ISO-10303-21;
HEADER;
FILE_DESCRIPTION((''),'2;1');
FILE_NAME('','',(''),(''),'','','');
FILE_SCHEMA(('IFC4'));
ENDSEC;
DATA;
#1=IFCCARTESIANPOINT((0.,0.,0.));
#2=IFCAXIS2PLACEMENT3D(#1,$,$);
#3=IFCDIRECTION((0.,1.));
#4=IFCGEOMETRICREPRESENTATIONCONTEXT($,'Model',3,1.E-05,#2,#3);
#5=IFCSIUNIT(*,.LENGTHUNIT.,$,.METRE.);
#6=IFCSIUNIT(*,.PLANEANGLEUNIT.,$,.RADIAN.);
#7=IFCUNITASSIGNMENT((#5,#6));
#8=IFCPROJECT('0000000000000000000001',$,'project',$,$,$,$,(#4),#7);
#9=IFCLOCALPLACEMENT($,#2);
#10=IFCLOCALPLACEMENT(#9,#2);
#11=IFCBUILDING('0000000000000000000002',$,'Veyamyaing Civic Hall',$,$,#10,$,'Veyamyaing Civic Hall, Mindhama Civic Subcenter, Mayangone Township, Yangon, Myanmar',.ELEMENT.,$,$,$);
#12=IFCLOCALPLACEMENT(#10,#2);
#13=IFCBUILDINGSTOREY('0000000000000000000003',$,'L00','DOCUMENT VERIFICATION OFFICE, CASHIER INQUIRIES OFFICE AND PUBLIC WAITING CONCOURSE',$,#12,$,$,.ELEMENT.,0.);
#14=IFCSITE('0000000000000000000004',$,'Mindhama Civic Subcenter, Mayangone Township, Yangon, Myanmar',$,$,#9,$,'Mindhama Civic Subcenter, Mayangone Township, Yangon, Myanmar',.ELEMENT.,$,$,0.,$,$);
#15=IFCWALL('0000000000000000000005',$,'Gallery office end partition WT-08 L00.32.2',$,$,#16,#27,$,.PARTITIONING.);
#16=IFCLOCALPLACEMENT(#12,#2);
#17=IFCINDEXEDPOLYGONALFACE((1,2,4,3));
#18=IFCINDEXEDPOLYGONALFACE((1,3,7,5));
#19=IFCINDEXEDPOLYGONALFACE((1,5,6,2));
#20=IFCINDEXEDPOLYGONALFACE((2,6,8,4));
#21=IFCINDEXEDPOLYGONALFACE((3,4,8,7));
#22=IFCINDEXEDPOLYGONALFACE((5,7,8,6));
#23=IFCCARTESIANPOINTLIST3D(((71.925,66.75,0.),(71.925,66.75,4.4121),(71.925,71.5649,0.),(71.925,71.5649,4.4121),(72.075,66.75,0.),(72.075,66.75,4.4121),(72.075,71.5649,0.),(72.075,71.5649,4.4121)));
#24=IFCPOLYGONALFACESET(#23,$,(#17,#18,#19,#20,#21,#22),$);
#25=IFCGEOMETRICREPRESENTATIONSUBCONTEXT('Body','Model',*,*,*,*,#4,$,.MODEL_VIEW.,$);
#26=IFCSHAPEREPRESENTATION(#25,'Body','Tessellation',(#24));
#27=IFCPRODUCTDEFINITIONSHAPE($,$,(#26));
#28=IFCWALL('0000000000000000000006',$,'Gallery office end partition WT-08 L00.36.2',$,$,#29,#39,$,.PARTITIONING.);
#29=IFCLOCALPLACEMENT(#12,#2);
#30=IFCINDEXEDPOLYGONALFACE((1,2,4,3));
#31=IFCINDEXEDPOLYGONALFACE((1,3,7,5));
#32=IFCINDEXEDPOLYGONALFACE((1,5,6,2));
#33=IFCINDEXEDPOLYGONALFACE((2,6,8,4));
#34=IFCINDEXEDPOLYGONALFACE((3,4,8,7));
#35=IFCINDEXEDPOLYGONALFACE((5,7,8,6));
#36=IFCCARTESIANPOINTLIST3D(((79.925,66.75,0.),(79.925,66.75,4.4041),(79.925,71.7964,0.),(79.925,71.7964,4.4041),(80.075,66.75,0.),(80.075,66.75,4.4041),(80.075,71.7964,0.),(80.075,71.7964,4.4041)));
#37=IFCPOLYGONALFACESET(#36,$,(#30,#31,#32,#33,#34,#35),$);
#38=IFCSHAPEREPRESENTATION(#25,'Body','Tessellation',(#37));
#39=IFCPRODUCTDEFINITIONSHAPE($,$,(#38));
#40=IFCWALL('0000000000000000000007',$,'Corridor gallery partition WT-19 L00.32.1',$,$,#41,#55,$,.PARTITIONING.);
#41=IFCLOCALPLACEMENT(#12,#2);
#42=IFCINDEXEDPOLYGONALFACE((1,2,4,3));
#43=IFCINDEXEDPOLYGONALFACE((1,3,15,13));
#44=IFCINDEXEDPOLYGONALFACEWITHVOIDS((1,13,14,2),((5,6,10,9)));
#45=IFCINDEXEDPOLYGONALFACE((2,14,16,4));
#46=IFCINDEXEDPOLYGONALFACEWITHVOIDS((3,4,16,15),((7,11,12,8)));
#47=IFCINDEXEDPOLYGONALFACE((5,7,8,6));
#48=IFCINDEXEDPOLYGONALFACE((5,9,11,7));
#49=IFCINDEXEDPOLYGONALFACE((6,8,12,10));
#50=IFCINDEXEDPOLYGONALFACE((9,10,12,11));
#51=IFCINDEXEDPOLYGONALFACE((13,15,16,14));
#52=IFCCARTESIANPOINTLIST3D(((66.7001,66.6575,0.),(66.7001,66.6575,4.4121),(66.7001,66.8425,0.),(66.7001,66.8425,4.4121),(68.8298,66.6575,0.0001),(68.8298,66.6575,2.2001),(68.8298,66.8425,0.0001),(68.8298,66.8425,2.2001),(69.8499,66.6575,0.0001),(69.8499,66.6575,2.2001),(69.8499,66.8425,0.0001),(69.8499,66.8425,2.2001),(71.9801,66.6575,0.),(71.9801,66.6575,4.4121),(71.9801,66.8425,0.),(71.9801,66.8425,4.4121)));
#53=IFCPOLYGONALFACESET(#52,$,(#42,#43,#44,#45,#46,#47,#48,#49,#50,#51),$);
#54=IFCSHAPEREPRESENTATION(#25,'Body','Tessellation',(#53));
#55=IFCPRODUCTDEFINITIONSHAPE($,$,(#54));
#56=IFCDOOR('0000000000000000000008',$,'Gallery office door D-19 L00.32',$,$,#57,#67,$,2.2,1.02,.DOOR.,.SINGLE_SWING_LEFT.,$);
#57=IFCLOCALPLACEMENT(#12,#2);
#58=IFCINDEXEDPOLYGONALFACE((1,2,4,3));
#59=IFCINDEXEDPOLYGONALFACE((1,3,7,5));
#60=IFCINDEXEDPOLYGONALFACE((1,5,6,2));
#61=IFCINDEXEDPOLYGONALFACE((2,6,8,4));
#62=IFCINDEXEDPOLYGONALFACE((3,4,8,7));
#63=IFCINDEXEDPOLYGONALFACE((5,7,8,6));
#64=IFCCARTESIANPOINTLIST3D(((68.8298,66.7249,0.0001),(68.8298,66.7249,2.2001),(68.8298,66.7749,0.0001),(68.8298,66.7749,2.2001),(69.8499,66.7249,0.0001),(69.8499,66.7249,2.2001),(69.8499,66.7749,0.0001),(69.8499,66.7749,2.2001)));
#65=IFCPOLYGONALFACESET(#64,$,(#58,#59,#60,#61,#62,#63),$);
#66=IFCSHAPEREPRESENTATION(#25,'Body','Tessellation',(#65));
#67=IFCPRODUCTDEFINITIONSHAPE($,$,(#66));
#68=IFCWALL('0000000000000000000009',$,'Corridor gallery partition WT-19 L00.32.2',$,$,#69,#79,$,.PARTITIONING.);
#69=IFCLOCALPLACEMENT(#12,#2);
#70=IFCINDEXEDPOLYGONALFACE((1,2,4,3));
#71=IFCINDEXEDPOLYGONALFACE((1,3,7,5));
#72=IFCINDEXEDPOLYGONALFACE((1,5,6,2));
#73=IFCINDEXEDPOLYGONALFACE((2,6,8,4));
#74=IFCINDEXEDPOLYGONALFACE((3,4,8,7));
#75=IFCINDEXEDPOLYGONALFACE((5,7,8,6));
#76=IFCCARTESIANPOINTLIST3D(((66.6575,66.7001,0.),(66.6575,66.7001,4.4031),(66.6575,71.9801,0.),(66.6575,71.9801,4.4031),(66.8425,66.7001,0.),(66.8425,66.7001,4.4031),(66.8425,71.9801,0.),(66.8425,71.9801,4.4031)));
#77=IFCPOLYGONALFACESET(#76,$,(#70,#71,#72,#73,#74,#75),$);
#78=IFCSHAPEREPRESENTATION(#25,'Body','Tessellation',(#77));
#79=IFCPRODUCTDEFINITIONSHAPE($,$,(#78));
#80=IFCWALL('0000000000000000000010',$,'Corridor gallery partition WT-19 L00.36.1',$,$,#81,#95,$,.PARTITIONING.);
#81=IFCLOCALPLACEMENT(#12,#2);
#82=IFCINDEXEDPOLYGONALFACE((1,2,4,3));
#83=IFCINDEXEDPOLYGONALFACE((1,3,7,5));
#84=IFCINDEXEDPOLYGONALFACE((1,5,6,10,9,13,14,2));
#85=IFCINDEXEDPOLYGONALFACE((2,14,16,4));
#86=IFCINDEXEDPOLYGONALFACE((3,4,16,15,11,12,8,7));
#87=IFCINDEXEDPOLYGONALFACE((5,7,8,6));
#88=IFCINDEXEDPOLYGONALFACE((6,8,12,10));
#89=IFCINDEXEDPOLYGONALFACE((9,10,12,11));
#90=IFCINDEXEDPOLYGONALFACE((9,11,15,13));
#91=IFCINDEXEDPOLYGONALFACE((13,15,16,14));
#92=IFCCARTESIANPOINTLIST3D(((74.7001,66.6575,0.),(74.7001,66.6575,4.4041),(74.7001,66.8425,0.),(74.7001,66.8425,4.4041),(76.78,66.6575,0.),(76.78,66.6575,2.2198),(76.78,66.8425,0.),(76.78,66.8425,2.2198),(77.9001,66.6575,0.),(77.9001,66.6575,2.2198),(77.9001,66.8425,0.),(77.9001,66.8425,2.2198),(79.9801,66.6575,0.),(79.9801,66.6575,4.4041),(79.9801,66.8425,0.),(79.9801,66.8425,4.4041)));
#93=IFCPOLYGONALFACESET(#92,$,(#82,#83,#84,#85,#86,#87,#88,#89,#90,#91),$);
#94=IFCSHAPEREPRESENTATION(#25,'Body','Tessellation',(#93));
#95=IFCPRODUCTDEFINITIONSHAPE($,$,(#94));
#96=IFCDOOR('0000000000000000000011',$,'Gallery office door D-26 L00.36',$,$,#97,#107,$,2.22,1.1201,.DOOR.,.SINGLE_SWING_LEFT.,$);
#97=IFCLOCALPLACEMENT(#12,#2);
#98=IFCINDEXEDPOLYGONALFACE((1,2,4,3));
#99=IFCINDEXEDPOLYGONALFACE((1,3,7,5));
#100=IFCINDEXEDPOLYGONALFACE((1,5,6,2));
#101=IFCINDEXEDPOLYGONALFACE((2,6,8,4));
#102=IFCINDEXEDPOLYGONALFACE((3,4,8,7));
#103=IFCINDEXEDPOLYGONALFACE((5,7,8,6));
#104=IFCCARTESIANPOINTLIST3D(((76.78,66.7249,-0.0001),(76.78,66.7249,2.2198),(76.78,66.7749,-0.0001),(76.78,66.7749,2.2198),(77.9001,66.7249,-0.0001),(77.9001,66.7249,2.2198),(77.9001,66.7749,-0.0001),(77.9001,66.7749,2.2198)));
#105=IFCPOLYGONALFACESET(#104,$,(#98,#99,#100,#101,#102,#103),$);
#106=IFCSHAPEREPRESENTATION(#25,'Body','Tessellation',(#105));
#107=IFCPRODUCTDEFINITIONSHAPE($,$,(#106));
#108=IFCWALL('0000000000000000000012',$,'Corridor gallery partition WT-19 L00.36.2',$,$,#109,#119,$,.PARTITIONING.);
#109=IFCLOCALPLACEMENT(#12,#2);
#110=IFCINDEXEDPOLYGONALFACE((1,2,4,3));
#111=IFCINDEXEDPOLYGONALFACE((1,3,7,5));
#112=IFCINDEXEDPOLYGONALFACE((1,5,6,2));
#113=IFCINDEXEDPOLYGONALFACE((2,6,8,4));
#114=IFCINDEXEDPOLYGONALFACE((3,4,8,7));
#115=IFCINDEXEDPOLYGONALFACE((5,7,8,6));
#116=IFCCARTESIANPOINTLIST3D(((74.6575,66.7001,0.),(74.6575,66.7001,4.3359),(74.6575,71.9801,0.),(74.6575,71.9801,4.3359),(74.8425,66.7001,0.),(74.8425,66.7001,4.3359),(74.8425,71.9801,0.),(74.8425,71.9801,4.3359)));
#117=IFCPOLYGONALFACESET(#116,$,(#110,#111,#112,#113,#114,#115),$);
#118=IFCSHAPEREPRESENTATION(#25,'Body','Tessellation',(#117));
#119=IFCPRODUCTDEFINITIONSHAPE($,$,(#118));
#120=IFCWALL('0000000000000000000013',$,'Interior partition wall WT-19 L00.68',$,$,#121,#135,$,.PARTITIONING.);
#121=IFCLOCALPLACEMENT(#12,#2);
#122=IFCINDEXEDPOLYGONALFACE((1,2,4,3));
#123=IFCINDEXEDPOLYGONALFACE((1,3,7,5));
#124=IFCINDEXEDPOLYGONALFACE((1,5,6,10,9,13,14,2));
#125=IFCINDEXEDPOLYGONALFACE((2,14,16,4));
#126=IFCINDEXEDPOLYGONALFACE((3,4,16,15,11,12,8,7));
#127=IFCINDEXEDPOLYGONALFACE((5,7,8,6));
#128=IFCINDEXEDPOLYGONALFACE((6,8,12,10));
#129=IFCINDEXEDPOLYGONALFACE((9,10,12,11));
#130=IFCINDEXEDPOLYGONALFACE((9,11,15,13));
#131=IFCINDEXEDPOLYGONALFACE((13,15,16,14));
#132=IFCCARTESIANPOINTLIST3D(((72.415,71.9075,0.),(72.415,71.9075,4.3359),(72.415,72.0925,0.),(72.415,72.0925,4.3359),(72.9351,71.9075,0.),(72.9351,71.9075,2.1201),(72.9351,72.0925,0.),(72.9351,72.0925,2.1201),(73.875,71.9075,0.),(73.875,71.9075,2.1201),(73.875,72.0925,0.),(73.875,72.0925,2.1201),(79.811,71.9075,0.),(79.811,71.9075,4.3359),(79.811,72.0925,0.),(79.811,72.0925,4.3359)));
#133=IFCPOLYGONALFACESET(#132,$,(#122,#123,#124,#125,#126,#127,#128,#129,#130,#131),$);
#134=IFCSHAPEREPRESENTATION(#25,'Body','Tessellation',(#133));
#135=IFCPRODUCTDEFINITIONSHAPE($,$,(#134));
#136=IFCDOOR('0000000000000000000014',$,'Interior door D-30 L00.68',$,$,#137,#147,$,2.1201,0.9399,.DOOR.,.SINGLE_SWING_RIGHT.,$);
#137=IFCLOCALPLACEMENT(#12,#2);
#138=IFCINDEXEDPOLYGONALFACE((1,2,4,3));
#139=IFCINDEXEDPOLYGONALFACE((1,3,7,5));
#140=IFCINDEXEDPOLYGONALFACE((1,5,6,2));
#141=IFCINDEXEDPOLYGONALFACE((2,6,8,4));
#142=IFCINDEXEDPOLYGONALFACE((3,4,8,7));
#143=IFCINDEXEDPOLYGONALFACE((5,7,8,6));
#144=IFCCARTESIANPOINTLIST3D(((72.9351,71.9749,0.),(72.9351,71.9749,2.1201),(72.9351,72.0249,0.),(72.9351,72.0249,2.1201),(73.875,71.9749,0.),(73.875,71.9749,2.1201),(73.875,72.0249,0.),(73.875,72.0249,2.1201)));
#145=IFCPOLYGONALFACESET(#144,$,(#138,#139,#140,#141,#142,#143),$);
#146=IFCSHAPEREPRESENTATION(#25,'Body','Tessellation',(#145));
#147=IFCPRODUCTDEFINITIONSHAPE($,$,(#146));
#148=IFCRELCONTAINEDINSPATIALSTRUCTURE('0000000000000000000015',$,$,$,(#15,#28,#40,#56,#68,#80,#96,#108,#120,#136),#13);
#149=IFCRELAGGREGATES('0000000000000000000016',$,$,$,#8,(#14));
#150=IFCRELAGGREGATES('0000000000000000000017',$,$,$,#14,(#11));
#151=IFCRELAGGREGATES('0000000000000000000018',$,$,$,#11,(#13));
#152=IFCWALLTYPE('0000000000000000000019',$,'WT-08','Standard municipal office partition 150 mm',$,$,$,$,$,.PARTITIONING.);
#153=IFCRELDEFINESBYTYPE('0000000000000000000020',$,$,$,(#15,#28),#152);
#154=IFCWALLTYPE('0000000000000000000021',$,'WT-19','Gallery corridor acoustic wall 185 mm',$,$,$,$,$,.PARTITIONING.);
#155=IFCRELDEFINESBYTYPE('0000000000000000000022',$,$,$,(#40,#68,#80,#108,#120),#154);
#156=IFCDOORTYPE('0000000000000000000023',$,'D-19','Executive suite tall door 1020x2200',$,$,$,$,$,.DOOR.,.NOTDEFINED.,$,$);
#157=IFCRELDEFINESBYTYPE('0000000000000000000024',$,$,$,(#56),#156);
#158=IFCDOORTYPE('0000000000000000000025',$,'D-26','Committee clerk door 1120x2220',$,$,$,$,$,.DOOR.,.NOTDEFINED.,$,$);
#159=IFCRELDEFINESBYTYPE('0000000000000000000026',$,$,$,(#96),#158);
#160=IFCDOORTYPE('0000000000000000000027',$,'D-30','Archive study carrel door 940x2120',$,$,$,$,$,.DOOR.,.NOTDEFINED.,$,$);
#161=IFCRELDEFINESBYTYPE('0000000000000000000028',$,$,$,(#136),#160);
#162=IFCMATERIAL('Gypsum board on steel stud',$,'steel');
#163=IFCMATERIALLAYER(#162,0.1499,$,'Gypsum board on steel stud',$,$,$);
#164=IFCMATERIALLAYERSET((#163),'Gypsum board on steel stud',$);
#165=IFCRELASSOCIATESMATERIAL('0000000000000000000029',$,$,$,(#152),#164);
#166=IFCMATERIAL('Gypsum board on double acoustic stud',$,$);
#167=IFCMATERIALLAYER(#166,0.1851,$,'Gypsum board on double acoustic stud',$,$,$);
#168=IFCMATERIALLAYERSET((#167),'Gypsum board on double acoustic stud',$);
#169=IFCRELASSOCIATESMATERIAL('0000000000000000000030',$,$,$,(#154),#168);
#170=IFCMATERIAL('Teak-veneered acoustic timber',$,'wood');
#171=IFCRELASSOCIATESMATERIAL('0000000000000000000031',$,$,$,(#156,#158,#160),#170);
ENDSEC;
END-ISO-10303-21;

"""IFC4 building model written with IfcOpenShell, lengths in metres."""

from ifc_helpers import new_model, si_unit, direction, frame, frame_2d, origin, place, context, subcontext, project, spatial, rectangle, extrude, material, layer, layer_set, type_object, element, fill, save


model = new_model("IFC4")

# Units and contexts
model_context = context("Model", 3, precision=1e-05, world=origin(), true_north=direction((0.0, 1.0)))
body_context = subcontext(model_context, "Body", "Model", "MODEL_VIEW")
ifc_project = project(units=[si_unit("LENGTHUNIT", "METRE"), si_unit("PLANEANGLEUNIT", "RADIAN")], contexts=[model_context])

# Site, building, storey
site_placement = place(None, origin())
site = spatial("IfcSite", under=ifc_project, at=site_placement, Name="Mindhama Civic Subcenter, Mayangone Township, Yangon, Myanmar", LongName="Mindhama Civic Subcenter, Mayangone Township, Yangon, Myanmar", CompositionType="ELEMENT", RefElevation=0.0)
building_placement = place(site_placement, origin())
building = spatial("IfcBuilding", under=site, at=building_placement, Name="Veyamyaing Civic Hall", LongName="Veyamyaing Civic Hall, Mindhama Civic Subcenter, Mayangone Township, Yangon, Myanmar", CompositionType="ELEMENT")
storey_placement = place(building_placement, origin())
storey = spatial("IfcBuildingStorey", under=building, at=storey_placement, Name="L00", Description="DOCUMENT VERIFICATION OFFICE, CASHIER INQUIRIES OFFICE AND PUBLIC WAITING CONCOURSE", CompositionType="ELEMENT", Elevation=0.0)

# Walls
ifc_material_1 = material(Name="Gypsum board on steel stud", Category="steel")
ifc_layer_1 = layer(ifc_material_1, 0.1499, Name="Gypsum board on steel stud")
ifc_layer_set_1 = layer_set([ifc_layer_1], Name="Gypsum board on steel stud")
wall_type_1 = type_object("IfcWallType", Name="WT-08", Description="Standard municipal office partition 150 mm", PredefinedType="PARTITIONING", material=ifc_layer_set_1)
wall_1_placement = place(storey_placement, frame((72.0, 66.75, 0.0), z_axis=(0.0, 0.0, 1.0), x_axis=(0.0, 1.0, 0.0)))
element("IfcWall", 1, at=wall_1_placement, inside=storey, type_object=wall_type_1, Name="Gallery office end partition WT-08 L00.32.2", PredefinedType="PARTITIONING", context=body_context, shape_type="SweptSolid", body=[
    extrude(rectangle(XDim=4.8149, YDim=0.1499, at=frame_2d((2.4075, 0.0))), origin(), (0.0, 0.0, 1.0), 4.4121),
])
wall_2_placement = place(storey_placement, frame((80.0, 66.75, 0.0), z_axis=(0.0, 0.0, 1.0), x_axis=(0.0, 1.0, 0.0)))
element("IfcWall", 2, at=wall_2_placement, inside=storey, type_object=wall_type_1, Name="Gallery office end partition WT-08 L00.36.2", PredefinedType="PARTITIONING", context=body_context, shape_type="SweptSolid", body=[
    extrude(rectangle(XDim=5.0464, YDim=0.1499, at=frame_2d((2.5232, 0.0))), origin(), (0.0, 0.0, 1.0), 4.4041),
])

# Wall, opening, door
ifc_material_2 = material(Name="Gypsum board on double acoustic stud")
ifc_layer_2 = layer(ifc_material_2, 0.1851, Name="Gypsum board on double acoustic stud")
ifc_layer_set_2 = layer_set([ifc_layer_2], Name="Gypsum board on double acoustic stud")
wall_type_2 = type_object("IfcWallType", Name="WT-19", Description="Gallery corridor acoustic wall 185 mm", PredefinedType="PARTITIONING", material=ifc_layer_set_2)
wall_3_placement = place(storey_placement, frame((66.7, 66.75, 0.0), z_axis=(0.0, 0.0, 1.0), x_axis=(1.0, 0.0, 0.0)))
wall_3 = element("IfcWall", 3, at=wall_3_placement, inside=storey, type_object=wall_type_2, Name="Corridor gallery partition WT-19 L00.32.1", PredefinedType="PARTITIONING", context=body_context, shape_type="SweptSolid", body=[
    extrude(rectangle(XDim=5.28, YDim=0.1851, at=frame_2d((2.6401, 0.0))), origin(), (0.0, 0.0, 1.0), 4.4121),
])
opening_1_placement = place(wall_3_placement, frame((2.1299, 0.0, 0.0)))
opening_1 = element("IfcOpeningElement", 4, at=opening_1_placement, cuts=wall_3, PredefinedType="OPENING", context=body_context, shape_type="SweptSolid", body=[
    extrude(rectangle(XDim=1.02, YDim=2.2, at=frame_2d((0.51, 1.1001))), frame((0.0, 0.1025, 0.0), z_axis=(0.0, -1.0, 0.0), x_axis=(1.0, 0.0, 0.0)), (0.0, 0.0, 1.0), 0.2051),
])
ifc_material_3 = material(Name="Teak-veneered acoustic timber", Category="wood")
door_type_1 = type_object("IfcDoorType", Name="D-19", Description="Executive suite tall door 1020x2200", OperationType="NOTDEFINED", PredefinedType="DOOR", material=ifc_material_3)
door_1_placement = place(opening_1_placement, origin())
door_1 = element("IfcDoor", 5, at=door_1_placement, inside=storey, type_object=door_type_1, Name="Gallery office door D-19 L00.32", OperationType="SINGLE_SWING_LEFT", OverallHeight=2.2, OverallWidth=1.02, PredefinedType="DOOR", context=body_context, shape_type="SweptSolid", body=[
    extrude(rectangle(XDim=1.02, YDim=2.2, at=frame_2d((0.51, 1.1001))), frame((0.0, 0.0249, 0.0), z_axis=(0.0, -1.0, 0.0), x_axis=(1.0, 0.0, 0.0)), (0.0, 0.0, 1.0), 0.05),
])
fill(opening_1, door_1)

# Wall
wall_4_placement = place(storey_placement, frame((66.75, 66.7, 0.0), z_axis=(0.0, 0.0, 1.0), x_axis=(0.0, 1.0, 0.0)))
element("IfcWall", 6, at=wall_4_placement, inside=storey, type_object=wall_type_2, Name="Corridor gallery partition WT-19 L00.32.2", PredefinedType="PARTITIONING", context=body_context, shape_type="SweptSolid", body=[
    extrude(rectangle(XDim=5.28, YDim=0.1851, at=frame_2d((2.6401, 0.0))), origin(), (0.0, 0.0, 1.0), 4.4031),
])

# Wall, opening, door
wall_5_placement = place(storey_placement, frame((74.7, 66.75, 0.0), z_axis=(0.0, 0.0, 1.0), x_axis=(1.0, 0.0, 0.0)))
wall_5 = element("IfcWall", 7, at=wall_5_placement, inside=storey, type_object=wall_type_2, Name="Corridor gallery partition WT-19 L00.36.1", PredefinedType="PARTITIONING", context=body_context, shape_type="SweptSolid", body=[
    extrude(rectangle(XDim=5.28, YDim=0.1851, at=frame_2d((2.6401, 0.0))), origin(), (0.0, 0.0, 1.0), 4.4041),
])
opening_2_placement = place(wall_5_placement, frame((2.0801, 0.0, 0.0)))
opening_2 = element("IfcOpeningElement", 8, at=opening_2_placement, cuts=wall_5, PredefinedType="OPENING", context=body_context, shape_type="SweptSolid", body=[
    extrude(rectangle(XDim=1.1201, YDim=2.22, at=frame_2d((0.5601, 1.1099))), frame((0.0, 0.1025, 0.0), z_axis=(0.0, -1.0, 0.0), x_axis=(1.0, 0.0, 0.0)), (0.0, 0.0, 1.0), 0.2051),
])
door_type_2 = type_object("IfcDoorType", Name="D-26", Description="Committee clerk door 1120x2220", OperationType="NOTDEFINED", PredefinedType="DOOR", material=ifc_material_3)
door_2_placement = place(opening_2_placement, origin())
door_2 = element("IfcDoor", 9, at=door_2_placement, inside=storey, type_object=door_type_2, Name="Gallery office door D-26 L00.36", OperationType="SINGLE_SWING_LEFT", OverallHeight=2.22, OverallWidth=1.1201, PredefinedType="DOOR", context=body_context, shape_type="SweptSolid", body=[
    extrude(rectangle(XDim=1.1201, YDim=2.22, at=frame_2d((0.5601, 1.1099))), frame((0.0, 0.0249, 0.0), z_axis=(0.0, -1.0, 0.0), x_axis=(1.0, 0.0, 0.0)), (0.0, 0.0, 1.0), 0.05),
])
fill(opening_2, door_2)

# Wall
wall_6_placement = place(storey_placement, frame((74.75, 66.7, 0.0), z_axis=(0.0, 0.0, 1.0), x_axis=(0.0, 1.0, 0.0)))
element("IfcWall", 10, at=wall_6_placement, inside=storey, type_object=wall_type_2, Name="Corridor gallery partition WT-19 L00.36.2", PredefinedType="PARTITIONING", context=body_context, shape_type="SweptSolid", body=[
    extrude(rectangle(XDim=5.28, YDim=0.1851, at=frame_2d((2.6401, 0.0))), origin(), (0.0, 0.0, 1.0), 4.3359),
])

# Wall, opening, door
wall_7_placement = place(storey_placement, frame((72.415, 72.0, 0.0), z_axis=(0.0, 0.0, 1.0), x_axis=(1.0, 0.0, 0.0)))
wall_7 = element("IfcWall", 11, at=wall_7_placement, inside=storey, type_object=wall_type_2, Name="Interior partition wall WT-19 L00.68", PredefinedType="PARTITIONING", context=body_context, shape_type="SweptSolid", body=[
    extrude(rectangle(XDim=7.396, YDim=0.1851, at=frame_2d((3.698, 0.0))), origin(), (0.0, 0.0, 1.0), 4.3359),
])
opening_3_placement = place(wall_7_placement, frame((0.52, 0.0, 0.0)))
opening_3 = element("IfcOpeningElement", 12, at=opening_3_placement, cuts=wall_7, PredefinedType="OPENING", context=body_context, shape_type="SweptSolid", body=[
    extrude(rectangle(XDim=0.9399, YDim=2.1201, at=frame_2d((0.47, 1.0601))), frame((0.0, 0.1025, 0.0), z_axis=(0.0, -1.0, 0.0), x_axis=(1.0, 0.0, 0.0)), (0.0, 0.0, 1.0), 0.2051),
])
door_type_3 = type_object("IfcDoorType", Name="D-30", Description="Archive study carrel door 940x2120", OperationType="NOTDEFINED", PredefinedType="DOOR", material=ifc_material_3)
door_3_placement = place(opening_3_placement, origin())
door_3 = element("IfcDoor", 13, at=door_3_placement, inside=storey, type_object=door_type_3, Name="Interior door D-30 L00.68", OperationType="SINGLE_SWING_RIGHT", OverallHeight=2.1201, OverallWidth=0.9399, PredefinedType="DOOR", context=body_context, shape_type="SweptSolid", body=[
    extrude(rectangle(XDim=0.9399, YDim=2.1201, at=frame_2d((0.47, 1.0601))), frame((0.0, 0.0249, 0.0), z_axis=(0.0, -1.0, 0.0), x_axis=(1.0, 0.0, 0.0)), (0.0, 0.0, 1.0), 0.05),
])
fill(opening_3, door_3)

save(model, "model.ifc")
